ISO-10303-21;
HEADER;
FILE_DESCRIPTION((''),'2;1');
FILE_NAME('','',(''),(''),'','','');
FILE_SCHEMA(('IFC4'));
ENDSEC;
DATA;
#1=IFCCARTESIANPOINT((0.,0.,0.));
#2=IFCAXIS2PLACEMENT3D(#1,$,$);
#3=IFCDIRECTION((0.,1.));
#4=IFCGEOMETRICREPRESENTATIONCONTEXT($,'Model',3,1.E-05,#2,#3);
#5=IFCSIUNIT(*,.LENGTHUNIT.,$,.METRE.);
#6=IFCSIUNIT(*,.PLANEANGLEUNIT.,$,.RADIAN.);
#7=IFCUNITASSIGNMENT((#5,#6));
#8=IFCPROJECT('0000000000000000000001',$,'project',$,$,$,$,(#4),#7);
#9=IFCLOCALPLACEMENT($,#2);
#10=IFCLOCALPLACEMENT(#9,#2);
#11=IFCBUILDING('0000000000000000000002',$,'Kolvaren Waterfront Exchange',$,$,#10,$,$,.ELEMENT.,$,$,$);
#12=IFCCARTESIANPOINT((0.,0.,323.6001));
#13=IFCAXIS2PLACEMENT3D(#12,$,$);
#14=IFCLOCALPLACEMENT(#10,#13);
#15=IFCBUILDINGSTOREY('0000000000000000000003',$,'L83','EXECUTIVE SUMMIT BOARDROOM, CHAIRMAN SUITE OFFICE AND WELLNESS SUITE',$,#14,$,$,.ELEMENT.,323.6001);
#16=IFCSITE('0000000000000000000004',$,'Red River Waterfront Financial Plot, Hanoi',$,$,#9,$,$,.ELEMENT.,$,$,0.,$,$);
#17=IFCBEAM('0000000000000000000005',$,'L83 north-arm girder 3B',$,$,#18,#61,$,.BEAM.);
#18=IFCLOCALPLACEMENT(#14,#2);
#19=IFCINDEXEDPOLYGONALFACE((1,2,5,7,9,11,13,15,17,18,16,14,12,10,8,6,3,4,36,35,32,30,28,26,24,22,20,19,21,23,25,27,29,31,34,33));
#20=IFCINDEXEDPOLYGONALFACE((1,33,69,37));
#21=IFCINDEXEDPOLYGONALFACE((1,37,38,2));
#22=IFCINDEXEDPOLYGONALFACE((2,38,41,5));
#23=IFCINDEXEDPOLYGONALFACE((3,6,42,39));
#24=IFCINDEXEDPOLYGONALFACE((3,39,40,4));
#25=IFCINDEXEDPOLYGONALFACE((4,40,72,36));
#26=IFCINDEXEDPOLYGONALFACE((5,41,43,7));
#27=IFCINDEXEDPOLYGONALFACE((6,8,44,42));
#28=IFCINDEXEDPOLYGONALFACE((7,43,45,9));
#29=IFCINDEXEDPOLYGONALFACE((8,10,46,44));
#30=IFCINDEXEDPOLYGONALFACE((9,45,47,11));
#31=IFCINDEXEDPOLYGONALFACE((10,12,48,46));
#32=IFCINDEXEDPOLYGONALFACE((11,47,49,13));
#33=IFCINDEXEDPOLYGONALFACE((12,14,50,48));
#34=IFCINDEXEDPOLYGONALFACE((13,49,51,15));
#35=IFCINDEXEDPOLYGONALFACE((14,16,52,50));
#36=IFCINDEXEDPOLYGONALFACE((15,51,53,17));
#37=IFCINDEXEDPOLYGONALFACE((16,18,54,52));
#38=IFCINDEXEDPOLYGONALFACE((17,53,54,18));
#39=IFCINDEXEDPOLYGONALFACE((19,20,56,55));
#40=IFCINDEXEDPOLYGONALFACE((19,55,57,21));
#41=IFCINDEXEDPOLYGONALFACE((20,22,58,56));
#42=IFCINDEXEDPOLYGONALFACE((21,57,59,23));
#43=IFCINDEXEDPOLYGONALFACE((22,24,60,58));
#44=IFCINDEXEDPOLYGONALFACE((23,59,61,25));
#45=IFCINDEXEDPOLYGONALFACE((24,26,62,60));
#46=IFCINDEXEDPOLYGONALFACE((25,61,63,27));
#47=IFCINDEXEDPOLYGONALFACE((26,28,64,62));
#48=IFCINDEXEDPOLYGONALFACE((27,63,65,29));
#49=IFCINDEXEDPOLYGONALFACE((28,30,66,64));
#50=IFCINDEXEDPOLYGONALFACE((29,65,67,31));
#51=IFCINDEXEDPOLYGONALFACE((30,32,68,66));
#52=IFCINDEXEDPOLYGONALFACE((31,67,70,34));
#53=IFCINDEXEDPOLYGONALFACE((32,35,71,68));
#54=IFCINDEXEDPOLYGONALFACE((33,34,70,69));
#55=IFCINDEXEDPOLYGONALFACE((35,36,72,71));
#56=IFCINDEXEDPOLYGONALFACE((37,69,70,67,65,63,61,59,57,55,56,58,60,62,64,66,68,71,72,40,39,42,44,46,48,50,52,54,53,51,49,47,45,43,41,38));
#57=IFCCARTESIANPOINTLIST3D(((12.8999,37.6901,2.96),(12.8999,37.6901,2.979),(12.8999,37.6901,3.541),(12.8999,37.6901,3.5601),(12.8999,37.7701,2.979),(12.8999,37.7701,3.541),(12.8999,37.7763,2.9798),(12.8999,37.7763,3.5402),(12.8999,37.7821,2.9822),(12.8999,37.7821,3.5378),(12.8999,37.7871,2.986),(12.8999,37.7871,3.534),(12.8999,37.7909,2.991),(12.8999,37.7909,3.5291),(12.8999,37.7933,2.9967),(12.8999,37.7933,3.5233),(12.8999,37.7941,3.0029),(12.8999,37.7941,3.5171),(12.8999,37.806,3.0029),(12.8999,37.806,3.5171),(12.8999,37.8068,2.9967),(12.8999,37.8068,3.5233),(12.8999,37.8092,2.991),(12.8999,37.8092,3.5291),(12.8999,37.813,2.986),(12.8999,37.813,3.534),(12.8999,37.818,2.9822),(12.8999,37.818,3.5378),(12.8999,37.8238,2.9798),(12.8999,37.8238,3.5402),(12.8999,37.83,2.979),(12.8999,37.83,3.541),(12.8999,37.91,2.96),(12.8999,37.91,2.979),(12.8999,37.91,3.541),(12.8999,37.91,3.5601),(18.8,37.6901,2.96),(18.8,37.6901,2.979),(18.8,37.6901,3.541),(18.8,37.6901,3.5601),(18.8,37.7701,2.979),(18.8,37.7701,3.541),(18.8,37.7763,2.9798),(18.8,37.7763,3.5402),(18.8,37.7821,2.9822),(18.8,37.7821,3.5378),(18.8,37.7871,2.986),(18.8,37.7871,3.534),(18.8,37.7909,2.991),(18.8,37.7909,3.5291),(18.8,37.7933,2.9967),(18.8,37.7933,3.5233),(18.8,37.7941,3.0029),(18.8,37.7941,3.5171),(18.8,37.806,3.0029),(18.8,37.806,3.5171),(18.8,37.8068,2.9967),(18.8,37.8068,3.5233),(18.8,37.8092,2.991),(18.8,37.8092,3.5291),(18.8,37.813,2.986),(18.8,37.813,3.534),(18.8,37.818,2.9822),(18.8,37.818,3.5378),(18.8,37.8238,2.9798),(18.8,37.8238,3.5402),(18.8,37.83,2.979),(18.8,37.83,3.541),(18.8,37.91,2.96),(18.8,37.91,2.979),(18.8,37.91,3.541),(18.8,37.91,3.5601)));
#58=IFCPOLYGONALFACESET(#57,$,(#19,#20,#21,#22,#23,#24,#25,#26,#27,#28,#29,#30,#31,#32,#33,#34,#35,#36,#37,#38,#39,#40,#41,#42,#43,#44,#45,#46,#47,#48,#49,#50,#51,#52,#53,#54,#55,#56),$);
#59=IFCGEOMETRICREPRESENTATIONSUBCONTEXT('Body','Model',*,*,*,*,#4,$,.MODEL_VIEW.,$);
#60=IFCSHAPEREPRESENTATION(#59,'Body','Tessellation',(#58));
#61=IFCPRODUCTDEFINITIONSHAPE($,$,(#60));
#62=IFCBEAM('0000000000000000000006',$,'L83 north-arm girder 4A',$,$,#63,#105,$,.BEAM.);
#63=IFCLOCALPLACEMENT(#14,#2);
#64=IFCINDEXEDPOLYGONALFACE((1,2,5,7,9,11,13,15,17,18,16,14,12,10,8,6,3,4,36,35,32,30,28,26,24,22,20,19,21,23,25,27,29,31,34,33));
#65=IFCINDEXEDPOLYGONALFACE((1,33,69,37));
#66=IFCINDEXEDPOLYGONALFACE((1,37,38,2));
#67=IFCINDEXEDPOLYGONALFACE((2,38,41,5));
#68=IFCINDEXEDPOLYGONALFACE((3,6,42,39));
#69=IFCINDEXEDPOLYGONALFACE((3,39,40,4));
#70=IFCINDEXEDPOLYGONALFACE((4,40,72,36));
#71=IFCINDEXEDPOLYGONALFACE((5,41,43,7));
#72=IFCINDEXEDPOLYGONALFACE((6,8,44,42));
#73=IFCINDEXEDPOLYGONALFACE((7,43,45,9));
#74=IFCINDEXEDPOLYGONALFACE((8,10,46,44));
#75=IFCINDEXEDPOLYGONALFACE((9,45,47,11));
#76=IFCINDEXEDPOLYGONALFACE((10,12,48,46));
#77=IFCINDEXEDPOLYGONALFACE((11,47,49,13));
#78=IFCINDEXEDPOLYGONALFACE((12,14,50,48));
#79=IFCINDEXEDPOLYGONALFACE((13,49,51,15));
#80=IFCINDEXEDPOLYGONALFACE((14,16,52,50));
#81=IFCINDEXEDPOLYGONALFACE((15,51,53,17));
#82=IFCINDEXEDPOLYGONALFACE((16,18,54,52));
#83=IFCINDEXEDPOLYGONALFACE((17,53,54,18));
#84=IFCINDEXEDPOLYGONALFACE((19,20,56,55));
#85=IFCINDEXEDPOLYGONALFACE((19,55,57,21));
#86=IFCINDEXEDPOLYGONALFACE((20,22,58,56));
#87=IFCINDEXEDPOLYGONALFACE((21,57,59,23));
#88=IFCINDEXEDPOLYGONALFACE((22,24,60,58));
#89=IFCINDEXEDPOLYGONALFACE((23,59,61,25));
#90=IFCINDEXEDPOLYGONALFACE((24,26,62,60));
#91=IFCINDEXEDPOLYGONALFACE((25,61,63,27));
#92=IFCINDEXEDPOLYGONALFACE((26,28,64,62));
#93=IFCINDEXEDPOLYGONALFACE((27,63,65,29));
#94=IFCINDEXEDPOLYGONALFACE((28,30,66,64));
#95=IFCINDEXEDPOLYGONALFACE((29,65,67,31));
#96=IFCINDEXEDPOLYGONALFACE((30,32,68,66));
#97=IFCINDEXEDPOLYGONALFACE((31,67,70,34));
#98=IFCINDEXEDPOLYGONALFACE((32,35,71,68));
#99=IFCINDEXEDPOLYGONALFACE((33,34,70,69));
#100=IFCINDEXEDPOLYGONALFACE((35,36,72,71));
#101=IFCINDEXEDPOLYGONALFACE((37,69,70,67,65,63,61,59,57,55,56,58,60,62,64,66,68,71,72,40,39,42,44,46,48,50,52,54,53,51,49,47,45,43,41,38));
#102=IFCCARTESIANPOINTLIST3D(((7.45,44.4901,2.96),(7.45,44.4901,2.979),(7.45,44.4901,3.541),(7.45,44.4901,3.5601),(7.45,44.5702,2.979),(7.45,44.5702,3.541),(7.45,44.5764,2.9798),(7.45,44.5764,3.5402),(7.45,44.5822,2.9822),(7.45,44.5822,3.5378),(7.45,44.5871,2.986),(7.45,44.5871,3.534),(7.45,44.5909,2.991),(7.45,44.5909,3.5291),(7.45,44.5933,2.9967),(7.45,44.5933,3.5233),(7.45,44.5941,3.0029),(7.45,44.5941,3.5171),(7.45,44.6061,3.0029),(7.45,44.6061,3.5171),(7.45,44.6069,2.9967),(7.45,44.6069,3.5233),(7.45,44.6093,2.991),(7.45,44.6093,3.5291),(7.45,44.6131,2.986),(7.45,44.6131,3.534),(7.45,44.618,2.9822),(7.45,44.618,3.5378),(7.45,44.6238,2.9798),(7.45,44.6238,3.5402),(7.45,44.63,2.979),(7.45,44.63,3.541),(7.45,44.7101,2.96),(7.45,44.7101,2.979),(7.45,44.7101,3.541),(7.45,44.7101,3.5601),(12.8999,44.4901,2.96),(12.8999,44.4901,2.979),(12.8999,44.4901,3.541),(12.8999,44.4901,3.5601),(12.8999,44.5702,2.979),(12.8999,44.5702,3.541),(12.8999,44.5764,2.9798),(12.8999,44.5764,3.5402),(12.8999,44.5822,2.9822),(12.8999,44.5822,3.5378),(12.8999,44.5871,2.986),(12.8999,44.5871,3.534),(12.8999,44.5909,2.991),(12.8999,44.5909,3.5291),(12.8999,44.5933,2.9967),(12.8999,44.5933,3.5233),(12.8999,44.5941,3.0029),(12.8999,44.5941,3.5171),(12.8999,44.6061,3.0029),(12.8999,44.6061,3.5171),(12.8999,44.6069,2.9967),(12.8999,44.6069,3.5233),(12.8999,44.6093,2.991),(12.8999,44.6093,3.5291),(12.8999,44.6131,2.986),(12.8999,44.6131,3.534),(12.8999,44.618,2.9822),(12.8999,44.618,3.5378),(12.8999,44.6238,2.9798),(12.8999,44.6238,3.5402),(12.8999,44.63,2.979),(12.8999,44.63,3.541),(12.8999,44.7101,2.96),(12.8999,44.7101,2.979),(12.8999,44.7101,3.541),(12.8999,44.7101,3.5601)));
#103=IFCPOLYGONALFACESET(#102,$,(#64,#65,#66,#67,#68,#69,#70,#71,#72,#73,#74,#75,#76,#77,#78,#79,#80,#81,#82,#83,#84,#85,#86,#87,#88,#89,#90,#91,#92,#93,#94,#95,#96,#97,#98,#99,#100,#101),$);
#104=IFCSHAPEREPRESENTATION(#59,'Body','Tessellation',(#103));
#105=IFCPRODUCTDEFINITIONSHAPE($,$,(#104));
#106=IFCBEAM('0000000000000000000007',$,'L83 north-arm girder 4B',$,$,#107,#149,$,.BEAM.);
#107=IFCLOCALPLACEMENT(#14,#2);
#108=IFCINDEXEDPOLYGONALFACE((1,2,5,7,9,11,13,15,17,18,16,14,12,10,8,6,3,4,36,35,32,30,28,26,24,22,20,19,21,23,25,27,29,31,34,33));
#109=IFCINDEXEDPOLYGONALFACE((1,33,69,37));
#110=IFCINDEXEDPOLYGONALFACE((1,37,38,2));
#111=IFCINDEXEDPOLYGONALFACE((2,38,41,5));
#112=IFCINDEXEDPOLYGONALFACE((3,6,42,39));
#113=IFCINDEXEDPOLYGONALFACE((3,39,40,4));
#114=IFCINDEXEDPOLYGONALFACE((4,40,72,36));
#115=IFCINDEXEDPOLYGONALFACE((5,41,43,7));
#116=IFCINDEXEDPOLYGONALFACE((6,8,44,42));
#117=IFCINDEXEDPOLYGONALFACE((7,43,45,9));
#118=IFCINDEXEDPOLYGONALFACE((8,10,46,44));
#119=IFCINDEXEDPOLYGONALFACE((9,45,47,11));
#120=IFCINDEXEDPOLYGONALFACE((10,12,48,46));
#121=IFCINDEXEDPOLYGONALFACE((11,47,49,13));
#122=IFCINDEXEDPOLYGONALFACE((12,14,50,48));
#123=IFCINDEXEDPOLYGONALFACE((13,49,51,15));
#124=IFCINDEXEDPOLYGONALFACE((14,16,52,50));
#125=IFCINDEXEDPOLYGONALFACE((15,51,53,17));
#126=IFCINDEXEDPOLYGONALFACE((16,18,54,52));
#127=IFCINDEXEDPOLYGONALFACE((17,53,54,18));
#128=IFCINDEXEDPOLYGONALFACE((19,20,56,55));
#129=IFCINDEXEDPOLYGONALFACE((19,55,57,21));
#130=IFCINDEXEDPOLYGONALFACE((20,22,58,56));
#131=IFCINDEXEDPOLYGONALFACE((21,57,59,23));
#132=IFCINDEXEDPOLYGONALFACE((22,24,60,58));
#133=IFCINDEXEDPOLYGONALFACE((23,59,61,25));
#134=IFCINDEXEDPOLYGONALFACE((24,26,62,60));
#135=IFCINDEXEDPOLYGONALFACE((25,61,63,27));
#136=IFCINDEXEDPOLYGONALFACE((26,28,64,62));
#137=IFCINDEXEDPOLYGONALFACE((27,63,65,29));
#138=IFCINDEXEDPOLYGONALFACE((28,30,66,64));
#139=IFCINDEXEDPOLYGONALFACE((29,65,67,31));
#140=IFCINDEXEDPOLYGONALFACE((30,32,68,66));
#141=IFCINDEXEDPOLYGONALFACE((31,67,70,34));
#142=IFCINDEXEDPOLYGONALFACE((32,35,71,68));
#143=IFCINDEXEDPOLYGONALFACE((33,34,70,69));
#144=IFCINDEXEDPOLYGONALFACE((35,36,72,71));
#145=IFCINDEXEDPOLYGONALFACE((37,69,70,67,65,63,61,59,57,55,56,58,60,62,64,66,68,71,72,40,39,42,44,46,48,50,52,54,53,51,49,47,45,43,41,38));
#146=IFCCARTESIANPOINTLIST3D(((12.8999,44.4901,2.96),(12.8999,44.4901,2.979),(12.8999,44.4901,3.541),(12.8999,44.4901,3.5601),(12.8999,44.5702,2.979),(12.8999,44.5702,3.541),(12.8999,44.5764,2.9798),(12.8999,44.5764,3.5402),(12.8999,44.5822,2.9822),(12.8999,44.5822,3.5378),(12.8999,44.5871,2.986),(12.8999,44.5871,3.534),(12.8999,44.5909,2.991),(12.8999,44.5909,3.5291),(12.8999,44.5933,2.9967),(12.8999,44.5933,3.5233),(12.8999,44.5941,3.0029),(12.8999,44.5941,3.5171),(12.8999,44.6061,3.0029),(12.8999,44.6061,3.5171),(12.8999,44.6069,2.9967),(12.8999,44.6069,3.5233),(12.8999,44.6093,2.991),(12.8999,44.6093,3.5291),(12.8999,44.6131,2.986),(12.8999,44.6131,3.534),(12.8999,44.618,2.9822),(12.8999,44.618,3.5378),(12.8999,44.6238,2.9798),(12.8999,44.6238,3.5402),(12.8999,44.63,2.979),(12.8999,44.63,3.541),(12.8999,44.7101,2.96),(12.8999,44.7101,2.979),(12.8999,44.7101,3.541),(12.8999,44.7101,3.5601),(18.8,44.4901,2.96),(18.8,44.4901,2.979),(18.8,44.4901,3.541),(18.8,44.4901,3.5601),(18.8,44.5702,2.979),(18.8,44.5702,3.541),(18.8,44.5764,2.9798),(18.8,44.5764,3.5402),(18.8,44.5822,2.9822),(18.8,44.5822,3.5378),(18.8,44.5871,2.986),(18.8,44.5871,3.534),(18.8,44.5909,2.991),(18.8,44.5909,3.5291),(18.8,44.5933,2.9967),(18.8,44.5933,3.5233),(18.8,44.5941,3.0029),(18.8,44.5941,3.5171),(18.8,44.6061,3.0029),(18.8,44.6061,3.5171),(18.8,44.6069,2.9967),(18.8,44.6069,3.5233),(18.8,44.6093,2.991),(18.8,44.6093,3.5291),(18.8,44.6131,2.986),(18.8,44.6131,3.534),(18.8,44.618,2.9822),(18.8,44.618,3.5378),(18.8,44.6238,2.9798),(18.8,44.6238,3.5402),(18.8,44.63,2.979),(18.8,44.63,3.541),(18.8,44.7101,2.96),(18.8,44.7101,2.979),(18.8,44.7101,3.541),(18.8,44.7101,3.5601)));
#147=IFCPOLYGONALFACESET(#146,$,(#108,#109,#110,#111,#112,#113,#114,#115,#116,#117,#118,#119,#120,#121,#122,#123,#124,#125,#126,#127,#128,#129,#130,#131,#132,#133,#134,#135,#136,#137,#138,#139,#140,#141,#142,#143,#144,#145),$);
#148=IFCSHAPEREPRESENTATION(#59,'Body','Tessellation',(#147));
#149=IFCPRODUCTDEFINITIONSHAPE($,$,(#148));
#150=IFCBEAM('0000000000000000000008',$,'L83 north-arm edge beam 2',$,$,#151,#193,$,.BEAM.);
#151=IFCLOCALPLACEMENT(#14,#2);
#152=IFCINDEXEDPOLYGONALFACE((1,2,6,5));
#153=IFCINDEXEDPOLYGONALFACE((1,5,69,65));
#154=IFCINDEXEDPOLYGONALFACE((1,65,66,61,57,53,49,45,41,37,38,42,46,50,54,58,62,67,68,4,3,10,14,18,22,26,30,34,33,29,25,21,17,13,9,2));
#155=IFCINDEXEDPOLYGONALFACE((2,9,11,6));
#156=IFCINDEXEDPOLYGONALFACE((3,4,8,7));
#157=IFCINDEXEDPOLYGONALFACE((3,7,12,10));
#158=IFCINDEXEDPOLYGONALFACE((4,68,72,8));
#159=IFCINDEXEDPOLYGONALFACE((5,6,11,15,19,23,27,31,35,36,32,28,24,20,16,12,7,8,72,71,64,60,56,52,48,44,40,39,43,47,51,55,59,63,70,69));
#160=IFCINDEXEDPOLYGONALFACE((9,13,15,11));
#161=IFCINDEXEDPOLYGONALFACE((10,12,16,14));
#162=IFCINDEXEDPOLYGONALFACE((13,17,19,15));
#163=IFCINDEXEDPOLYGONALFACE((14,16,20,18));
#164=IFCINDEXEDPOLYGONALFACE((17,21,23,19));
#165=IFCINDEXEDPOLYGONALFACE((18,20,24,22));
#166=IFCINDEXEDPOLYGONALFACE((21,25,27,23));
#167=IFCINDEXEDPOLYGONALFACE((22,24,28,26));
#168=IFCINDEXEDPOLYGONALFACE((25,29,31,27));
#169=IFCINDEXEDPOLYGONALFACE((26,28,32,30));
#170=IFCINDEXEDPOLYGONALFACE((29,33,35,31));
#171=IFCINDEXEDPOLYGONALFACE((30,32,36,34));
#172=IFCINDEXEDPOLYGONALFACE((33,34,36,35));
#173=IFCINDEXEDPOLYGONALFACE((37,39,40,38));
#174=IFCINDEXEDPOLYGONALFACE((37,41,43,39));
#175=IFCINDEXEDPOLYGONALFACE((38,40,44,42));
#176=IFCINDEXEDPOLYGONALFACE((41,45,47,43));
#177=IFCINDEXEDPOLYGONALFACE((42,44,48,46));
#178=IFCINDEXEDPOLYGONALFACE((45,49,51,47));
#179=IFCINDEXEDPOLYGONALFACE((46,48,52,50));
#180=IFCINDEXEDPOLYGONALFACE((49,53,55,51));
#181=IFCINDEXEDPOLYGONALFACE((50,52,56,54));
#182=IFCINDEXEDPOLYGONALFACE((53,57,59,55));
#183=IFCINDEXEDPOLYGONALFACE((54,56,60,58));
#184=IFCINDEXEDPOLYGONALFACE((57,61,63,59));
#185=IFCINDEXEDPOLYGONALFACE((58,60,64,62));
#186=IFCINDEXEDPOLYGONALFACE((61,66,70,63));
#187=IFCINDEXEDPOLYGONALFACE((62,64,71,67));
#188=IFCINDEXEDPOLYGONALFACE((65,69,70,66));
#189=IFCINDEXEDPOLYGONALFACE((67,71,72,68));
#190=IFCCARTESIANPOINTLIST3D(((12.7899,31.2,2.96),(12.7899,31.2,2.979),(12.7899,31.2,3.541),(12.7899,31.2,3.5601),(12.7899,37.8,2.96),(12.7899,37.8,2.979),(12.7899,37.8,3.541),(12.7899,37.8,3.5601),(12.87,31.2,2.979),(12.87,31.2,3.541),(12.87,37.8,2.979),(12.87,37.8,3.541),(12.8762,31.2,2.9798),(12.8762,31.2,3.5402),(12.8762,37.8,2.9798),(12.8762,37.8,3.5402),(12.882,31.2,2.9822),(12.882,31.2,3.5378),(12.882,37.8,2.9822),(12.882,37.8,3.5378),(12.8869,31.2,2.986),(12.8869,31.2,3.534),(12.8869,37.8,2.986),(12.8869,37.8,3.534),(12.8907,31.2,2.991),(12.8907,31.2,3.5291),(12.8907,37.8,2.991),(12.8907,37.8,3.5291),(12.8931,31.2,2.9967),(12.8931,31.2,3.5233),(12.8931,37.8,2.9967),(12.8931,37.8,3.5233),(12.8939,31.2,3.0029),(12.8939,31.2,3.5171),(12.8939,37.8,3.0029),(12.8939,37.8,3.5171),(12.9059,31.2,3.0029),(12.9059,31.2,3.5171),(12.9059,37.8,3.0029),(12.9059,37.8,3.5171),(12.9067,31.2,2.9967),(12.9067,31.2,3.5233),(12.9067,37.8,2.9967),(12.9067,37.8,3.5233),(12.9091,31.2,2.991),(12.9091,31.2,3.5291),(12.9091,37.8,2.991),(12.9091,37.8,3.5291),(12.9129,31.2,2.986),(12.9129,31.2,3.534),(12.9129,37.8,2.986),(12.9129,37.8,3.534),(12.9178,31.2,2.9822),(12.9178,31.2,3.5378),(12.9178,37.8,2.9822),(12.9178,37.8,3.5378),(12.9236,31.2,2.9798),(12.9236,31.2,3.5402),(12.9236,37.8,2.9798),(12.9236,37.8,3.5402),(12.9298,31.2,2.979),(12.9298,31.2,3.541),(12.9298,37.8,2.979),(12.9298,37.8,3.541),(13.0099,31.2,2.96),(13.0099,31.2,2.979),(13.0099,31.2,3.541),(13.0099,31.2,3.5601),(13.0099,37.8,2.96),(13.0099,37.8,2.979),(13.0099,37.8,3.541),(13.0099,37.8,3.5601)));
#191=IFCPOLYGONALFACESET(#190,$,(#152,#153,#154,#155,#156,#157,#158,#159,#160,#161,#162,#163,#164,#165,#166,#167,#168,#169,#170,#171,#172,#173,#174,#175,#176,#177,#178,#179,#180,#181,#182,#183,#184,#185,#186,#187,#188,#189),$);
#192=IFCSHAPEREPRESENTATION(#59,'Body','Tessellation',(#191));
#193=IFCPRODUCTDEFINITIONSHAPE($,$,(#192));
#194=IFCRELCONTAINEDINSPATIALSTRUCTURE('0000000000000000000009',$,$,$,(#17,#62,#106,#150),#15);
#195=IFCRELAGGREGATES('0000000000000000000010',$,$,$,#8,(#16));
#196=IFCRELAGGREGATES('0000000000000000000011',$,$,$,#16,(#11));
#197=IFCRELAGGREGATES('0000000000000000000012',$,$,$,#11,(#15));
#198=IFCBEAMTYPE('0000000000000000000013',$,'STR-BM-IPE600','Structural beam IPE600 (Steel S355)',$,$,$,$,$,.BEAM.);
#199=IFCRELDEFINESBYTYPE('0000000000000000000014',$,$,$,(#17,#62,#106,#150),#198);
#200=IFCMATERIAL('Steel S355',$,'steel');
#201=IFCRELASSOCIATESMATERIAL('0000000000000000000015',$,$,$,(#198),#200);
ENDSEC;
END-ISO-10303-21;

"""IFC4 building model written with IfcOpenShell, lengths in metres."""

from ifc_helpers import new_model, si_unit, direction, frame, origin, origin_2d, place, context, subcontext, project, spatial, i_section, extrude, material, material_profile, profile_set, type_object, element, save


model = new_model("IFC4")

# Units and contexts
model_context = context("Model", 3, precision=1e-05, world=origin(), true_north=direction((0.0, 1.0)))
body_context = subcontext(model_context, "Body", "Model", "MODEL_VIEW")
ifc_project = project(units=[si_unit("LENGTHUNIT", "METRE"), si_unit("PLANEANGLEUNIT", "RADIAN")], contexts=[model_context])

# Site, building, storey
site_placement = place(None, origin())
site = spatial("IfcSite", under=ifc_project, at=site_placement, Name="Red River Waterfront Financial Plot, Hanoi", CompositionType="ELEMENT", RefElevation=0.0)
building_placement = place(site_placement, origin())
building = spatial("IfcBuilding", under=site, at=building_placement, Name="Kolvaren Waterfront Exchange", CompositionType="ELEMENT")
storey_placement = place(building_placement, frame((0.0, 0.0, 323.6001)))
storey = spatial("IfcBuildingStorey", under=building, at=storey_placement, Name="L83", Description="EXECUTIVE SUMMIT BOARDROOM, CHAIRMAN SUITE OFFICE AND WELLNESS SUITE", CompositionType="ELEMENT", Elevation=323.6001)

# Beams
ifc_material_1 = material(Name="Steel S355", Category="steel")
ifc_material_profile_1 = material_profile(ifc_material_1, i_section(OverallWidth=0.22, OverallDepth=0.6001, WebThickness=0.012, FlangeThickness=0.019, FilletRadius=0.0239, at=origin_2d()), Name="IPE600")
ifc_profile_set_1 = profile_set([ifc_material_profile_1], Name="Steel S355")
beam_type_1 = type_object("IfcBeamType", Name="STR-BM-IPE600", Description="Structural beam IPE600 (Steel S355)", PredefinedType="BEAM", material=ifc_profile_set_1)
beam_1_placement = place(storey_placement, frame((12.8999, 37.8, 3.26), z_axis=(1.0, 0.0, 0.0), x_axis=(0.0, 1.0, 0.0)))
element("IfcBeam", 1, at=beam_1_placement, inside=storey, type_object=beam_type_1, Name="L83 north-arm girder 3B", PredefinedType="BEAM", context=body_context, shape_type="SweptSolid", body=[
    extrude(i_section(OverallWidth=0.22, OverallDepth=0.6001, WebThickness=0.012, FlangeThickness=0.019, FilletRadius=0.0239, at=origin_2d()), origin(), (0.0, 0.0, 1.0), 5.9001),
])
beam_2_placement = place(storey_placement, frame((7.45, 44.6001, 3.26), z_axis=(1.0, 0.0, 0.0), x_axis=(0.0, 1.0, 0.0)))
element("IfcBeam", 2, at=beam_2_placement, inside=storey, type_object=beam_type_1, Name="L83 north-arm girder 4A", PredefinedType="BEAM", context=body_context, shape_type="SweptSolid", body=[
    extrude(i_section(OverallWidth=0.22, OverallDepth=0.6001, WebThickness=0.012, FlangeThickness=0.019, FilletRadius=0.0239, at=origin_2d()), origin(), (0.0, 0.0, 1.0), 5.45),
])
beam_3_placement = place(storey_placement, frame((12.8999, 44.6001, 3.26), z_axis=(1.0, 0.0, 0.0), x_axis=(0.0, 1.0, 0.0)))
element("IfcBeam", 3, at=beam_3_placement, inside=storey, type_object=beam_type_1, Name="L83 north-arm girder 4B", PredefinedType="BEAM", context=body_context, shape_type="SweptSolid", body=[
    extrude(i_section(OverallWidth=0.22, OverallDepth=0.6001, WebThickness=0.012, FlangeThickness=0.019, FilletRadius=0.0239, at=origin_2d()), origin(), (0.0, 0.0, 1.0), 5.9001),
])
beam_4_placement = place(storey_placement, frame((12.8999, 31.2, 3.26), z_axis=(0.0, 1.0, 0.0), x_axis=(-1.0, 0.0, 0.0)))
element("IfcBeam", 4, at=beam_4_placement, inside=storey, type_object=beam_type_1, Name="L83 north-arm edge beam 2", PredefinedType="BEAM", context=body_context, shape_type="SweptSolid", body=[
    extrude(i_section(OverallWidth=0.22, OverallDepth=0.6001, WebThickness=0.012, FlangeThickness=0.019, FilletRadius=0.0239, at=origin_2d()), origin(), (0.0, 0.0, 1.0), 6.6001),
])

save(model, "model.ifc")
